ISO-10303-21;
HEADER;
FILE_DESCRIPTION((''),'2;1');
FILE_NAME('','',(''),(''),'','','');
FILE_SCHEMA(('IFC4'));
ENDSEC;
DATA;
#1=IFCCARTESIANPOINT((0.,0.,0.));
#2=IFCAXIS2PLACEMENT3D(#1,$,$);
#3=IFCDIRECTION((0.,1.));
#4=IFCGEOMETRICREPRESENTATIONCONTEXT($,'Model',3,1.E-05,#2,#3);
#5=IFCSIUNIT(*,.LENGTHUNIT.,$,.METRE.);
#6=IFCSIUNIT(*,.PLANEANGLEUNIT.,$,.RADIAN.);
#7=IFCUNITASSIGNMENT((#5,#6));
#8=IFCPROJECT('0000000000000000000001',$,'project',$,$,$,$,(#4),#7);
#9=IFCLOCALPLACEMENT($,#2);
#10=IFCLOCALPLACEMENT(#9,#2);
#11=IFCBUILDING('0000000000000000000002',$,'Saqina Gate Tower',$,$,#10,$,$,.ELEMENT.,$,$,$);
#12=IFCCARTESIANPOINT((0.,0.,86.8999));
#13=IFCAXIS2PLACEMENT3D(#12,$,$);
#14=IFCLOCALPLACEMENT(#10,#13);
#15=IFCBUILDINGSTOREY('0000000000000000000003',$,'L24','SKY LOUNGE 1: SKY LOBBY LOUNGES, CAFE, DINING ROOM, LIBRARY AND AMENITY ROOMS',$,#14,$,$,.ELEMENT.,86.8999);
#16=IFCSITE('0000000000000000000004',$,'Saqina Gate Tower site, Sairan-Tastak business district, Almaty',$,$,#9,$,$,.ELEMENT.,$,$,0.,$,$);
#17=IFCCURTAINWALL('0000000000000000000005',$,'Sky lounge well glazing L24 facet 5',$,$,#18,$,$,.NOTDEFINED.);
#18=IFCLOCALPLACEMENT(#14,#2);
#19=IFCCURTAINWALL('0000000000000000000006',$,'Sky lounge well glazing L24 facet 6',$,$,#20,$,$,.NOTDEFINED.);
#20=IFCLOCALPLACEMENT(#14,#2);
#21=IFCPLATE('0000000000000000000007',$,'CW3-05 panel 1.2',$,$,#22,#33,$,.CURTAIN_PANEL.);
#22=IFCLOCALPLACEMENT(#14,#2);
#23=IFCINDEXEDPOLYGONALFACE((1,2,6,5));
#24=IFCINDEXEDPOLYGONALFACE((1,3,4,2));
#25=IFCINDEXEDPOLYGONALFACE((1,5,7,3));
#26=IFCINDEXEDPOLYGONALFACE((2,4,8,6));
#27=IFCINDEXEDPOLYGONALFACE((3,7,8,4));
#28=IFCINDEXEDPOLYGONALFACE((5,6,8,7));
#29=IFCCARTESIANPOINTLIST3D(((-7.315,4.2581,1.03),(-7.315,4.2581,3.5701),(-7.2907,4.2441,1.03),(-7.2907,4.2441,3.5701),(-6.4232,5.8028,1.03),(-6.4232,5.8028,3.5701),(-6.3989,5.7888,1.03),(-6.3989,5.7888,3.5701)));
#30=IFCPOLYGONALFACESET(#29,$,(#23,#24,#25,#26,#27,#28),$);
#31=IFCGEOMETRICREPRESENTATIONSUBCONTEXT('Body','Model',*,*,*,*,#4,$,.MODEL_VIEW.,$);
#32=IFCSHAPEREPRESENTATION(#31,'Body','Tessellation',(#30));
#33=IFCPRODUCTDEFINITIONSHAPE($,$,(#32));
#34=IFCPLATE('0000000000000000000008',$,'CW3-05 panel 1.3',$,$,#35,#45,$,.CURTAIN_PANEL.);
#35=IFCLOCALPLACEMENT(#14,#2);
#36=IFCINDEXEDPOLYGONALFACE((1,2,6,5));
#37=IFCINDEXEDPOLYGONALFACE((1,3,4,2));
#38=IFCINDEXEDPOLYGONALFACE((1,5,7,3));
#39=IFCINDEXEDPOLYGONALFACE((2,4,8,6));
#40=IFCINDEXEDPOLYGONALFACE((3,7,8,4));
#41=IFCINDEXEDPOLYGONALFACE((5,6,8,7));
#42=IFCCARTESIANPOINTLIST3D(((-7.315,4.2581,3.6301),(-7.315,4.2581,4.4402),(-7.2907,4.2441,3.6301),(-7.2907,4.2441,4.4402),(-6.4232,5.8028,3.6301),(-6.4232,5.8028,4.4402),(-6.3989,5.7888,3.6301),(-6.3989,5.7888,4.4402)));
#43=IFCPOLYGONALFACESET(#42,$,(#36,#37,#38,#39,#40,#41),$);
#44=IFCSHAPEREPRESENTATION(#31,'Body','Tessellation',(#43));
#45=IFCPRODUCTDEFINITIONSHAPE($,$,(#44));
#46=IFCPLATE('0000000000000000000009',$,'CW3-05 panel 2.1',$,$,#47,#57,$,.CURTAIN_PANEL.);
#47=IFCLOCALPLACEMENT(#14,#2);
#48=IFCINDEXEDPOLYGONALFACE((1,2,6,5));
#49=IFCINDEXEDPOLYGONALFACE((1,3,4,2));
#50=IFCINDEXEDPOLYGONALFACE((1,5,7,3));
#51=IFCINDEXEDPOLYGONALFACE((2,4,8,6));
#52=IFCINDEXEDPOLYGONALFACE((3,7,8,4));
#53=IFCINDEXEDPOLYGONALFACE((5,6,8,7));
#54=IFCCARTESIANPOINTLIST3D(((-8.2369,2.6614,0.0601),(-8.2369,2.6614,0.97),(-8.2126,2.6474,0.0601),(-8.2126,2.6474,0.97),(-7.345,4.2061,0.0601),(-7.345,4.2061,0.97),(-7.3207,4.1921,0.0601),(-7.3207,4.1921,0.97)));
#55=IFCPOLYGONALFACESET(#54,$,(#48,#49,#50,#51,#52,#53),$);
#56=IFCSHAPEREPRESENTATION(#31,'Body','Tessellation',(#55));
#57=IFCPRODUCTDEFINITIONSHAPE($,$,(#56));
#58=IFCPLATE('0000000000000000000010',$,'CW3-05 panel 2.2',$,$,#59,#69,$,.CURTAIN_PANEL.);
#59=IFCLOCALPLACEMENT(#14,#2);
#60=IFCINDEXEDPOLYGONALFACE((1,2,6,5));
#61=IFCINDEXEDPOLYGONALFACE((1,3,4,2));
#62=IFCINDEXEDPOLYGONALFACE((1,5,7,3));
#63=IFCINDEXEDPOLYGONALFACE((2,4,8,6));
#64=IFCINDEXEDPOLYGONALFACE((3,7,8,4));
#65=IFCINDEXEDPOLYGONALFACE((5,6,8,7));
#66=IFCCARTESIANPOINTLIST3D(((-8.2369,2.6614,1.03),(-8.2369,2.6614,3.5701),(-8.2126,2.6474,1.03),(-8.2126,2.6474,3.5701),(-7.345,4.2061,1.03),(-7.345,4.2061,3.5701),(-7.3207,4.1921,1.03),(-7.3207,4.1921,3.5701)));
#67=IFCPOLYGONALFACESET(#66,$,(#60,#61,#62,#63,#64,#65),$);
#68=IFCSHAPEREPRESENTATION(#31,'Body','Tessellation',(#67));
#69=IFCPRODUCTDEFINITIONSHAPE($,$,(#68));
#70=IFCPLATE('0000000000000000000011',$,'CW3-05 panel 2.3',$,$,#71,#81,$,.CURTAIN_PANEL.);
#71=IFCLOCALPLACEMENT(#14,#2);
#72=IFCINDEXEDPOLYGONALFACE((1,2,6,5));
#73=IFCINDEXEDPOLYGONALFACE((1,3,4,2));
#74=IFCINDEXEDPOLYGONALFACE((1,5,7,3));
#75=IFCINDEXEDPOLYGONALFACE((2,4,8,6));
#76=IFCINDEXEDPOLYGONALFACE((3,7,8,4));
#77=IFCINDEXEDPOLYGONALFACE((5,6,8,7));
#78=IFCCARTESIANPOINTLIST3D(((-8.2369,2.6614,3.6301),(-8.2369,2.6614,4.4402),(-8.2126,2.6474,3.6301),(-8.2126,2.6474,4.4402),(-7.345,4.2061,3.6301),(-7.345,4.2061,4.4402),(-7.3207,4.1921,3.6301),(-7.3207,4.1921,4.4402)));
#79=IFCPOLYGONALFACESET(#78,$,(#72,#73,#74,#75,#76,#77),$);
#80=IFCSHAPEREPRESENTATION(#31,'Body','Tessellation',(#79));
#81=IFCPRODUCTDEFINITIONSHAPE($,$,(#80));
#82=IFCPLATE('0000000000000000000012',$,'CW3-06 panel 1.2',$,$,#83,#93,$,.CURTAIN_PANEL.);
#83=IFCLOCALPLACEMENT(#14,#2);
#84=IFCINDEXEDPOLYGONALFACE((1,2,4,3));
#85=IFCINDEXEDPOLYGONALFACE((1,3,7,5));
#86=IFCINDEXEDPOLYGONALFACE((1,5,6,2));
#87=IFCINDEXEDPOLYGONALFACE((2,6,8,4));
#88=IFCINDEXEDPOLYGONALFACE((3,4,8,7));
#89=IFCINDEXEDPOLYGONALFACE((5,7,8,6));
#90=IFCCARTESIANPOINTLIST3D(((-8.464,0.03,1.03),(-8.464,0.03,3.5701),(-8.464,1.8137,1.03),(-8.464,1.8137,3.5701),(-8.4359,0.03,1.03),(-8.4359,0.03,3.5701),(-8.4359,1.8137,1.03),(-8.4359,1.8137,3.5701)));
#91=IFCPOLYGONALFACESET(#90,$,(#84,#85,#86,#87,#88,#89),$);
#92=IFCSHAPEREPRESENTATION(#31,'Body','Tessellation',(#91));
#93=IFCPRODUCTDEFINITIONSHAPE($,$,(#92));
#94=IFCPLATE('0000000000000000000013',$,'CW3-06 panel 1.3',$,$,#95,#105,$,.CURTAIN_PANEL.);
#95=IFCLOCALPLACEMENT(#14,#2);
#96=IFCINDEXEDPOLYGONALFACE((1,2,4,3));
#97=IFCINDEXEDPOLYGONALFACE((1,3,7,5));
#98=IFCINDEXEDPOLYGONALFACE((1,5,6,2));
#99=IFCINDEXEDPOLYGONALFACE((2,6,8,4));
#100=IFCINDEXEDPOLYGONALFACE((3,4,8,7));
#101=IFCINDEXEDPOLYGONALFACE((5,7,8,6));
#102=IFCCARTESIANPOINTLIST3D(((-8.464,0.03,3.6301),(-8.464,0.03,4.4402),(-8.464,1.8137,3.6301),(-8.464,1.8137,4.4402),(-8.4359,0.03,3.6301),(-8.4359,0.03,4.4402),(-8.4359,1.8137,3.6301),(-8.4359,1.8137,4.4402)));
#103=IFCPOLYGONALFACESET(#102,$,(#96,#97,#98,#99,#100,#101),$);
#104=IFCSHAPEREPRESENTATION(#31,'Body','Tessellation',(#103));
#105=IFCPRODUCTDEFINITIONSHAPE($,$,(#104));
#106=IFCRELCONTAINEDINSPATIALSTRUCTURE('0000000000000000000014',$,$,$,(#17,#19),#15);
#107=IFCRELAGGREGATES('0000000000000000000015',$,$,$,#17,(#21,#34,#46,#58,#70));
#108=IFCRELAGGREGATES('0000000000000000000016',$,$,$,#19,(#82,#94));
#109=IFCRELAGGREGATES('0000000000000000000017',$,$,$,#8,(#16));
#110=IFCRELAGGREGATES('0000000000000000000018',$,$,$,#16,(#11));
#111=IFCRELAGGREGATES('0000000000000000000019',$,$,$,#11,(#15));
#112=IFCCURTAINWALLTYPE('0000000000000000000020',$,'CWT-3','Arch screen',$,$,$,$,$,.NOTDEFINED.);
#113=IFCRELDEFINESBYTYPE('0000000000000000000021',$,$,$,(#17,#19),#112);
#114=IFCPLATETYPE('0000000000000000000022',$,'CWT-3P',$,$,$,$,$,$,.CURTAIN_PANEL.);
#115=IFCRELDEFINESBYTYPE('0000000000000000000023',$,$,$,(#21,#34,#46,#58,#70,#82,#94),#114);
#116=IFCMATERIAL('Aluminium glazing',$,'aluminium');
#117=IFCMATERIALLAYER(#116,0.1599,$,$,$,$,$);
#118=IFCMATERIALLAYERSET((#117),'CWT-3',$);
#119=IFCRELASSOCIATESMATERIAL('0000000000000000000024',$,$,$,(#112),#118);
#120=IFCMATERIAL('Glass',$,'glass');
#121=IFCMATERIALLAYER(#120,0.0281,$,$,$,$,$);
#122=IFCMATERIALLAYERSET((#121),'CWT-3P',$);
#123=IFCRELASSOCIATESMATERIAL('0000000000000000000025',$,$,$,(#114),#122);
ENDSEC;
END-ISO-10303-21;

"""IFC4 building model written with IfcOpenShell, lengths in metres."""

from ifc_helpers import new_model, si_unit, direction, frame, origin, origin_2d, place, context, subcontext, project, spatial, rectangle, extrude, material, layer, layer_set, type_object, element, aggregate, save


model = new_model("IFC4")

# Units and contexts
model_context = context("Model", 3, precision=1e-05, world=origin(), true_north=direction((0.0, 1.0)))
body_context = subcontext(model_context, "Body", "Model", "MODEL_VIEW")
ifc_project = project(units=[si_unit("LENGTHUNIT", "METRE"), si_unit("PLANEANGLEUNIT", "RADIAN")], contexts=[model_context])

# Site, building, storey
site_placement = place(None, origin())
site = spatial("IfcSite", under=ifc_project, at=site_placement, Name="Saqina Gate Tower site, Sairan-Tastak business district, Almaty", CompositionType="ELEMENT", RefElevation=0.0)
building_placement = place(site_placement, origin())
building = spatial("IfcBuilding", under=site, at=building_placement, Name="Saqina Gate Tower", CompositionType="ELEMENT")
storey_placement = place(building_placement, frame((0.0, 0.0, 86.8999)))
storey = spatial("IfcBuildingStorey", under=building, at=storey_placement, Name="L24", Description="SKY LOUNGE 1: SKY LOBBY LOUNGES, CAFE, DINING ROOM, LIBRARY AND AMENITY ROOMS", CompositionType="ELEMENT", Elevation=86.8999)

# Curtain wall
ifc_material_1 = material(Name="Aluminium glazing", Category="aluminium")
ifc_layer_1 = layer(ifc_material_1, 0.1599)
ifc_layer_set_1 = layer_set([ifc_layer_1], Name="CWT-3")
curtain_wall_type = type_object("IfcCurtainWallType", Name="CWT-3", Description="Arch screen", PredefinedType="NOTDEFINED", material=ifc_layer_set_1)
curtain_wall_1_placement = place(storey_placement, origin())
curtain_wall_1 = element("IfcCurtainWall", 1, at=curtain_wall_1_placement, inside=storey, type_object=curtain_wall_type, Name="Sky lounge well glazing L24 facet 5", PredefinedType="NOTDEFINED")

# Curtain wall
curtain_wall_2_placement = place(storey_placement, origin())
curtain_wall_2 = element("IfcCurtainWall", 2, at=curtain_wall_2_placement, inside=storey, type_object=curtain_wall_type, Name="Sky lounge well glazing L24 facet 6", PredefinedType="NOTDEFINED")

# Plates
ifc_material_2 = material(Name="Glass", Category="glass")
ifc_layer_2 = layer(ifc_material_2, 0.0281)
ifc_layer_set_2 = layer_set([ifc_layer_2], Name="CWT-3P")
plate_type = type_object("IfcPlateType", Name="CWT-3P", PredefinedType="CURTAIN_PANEL", material=ifc_layer_set_2)
plate_1_placement = place(storey_placement, frame((-6.8569, 5.0234, 1.03), z_axis=(0.0, 0.0, 1.0), x_axis=(-0.499993, -0.866029, 0.0)))
plate_1 = element("IfcPlate", 3, at=plate_1_placement, type_object=plate_type, Name="CW3-05 panel 1.2", PredefinedType="CURTAIN_PANEL", context=body_context, shape_type="SweptSolid", body=[
    extrude(rectangle(XDim=1.7837, YDim=0.0281, at=origin_2d()), origin(), (0.0, 0.0, 1.0), 2.54),
])
plate_2_placement = place(storey_placement, frame((-6.8569, 5.0234, 3.6301), z_axis=(0.0, 0.0, 1.0), x_axis=(-0.499993, -0.866029, 0.0)))
plate_2 = element("IfcPlate", 4, at=plate_2_placement, type_object=plate_type, Name="CW3-05 panel 1.3", PredefinedType="CURTAIN_PANEL", context=body_context, shape_type="SweptSolid", body=[
    extrude(rectangle(XDim=1.7837, YDim=0.0281, at=origin_2d()), origin(), (0.0, 0.0, 1.0), 0.8101),
])
plate_3_placement = place(storey_placement, frame((-7.7788, 3.4268, 0.0601), z_axis=(0.0, 0.0, 1.0), x_axis=(-0.499993, -0.866029, 0.0)))
plate_3 = element("IfcPlate", 5, at=plate_3_placement, type_object=plate_type, Name="CW3-05 panel 2.1", PredefinedType="CURTAIN_PANEL", context=body_context, shape_type="SweptSolid", body=[
    extrude(rectangle(XDim=1.7837, YDim=0.0281, at=origin_2d()), origin(), (0.0, 0.0, 1.0), 0.9099),
])
plate_4_placement = place(storey_placement, frame((-7.7788, 3.4268, 1.03), z_axis=(0.0, 0.0, 1.0), x_axis=(-0.499993, -0.866029, 0.0)))
plate_4 = element("IfcPlate", 6, at=plate_4_placement, type_object=plate_type, Name="CW3-05 panel 2.2", PredefinedType="CURTAIN_PANEL", context=body_context, shape_type="SweptSolid", body=[
    extrude(rectangle(XDim=1.7837, YDim=0.0281, at=origin_2d()), origin(), (0.0, 0.0, 1.0), 2.54),
])
plate_5_placement = place(storey_placement, frame((-7.7788, 3.4268, 3.6301), z_axis=(0.0, 0.0, 1.0), x_axis=(-0.499993, -0.866029, 0.0)))
plate_5 = element("IfcPlate", 7, at=plate_5_placement, type_object=plate_type, Name="CW3-05 panel 2.3", PredefinedType="CURTAIN_PANEL", context=body_context, shape_type="SweptSolid", body=[
    extrude(rectangle(XDim=1.7837, YDim=0.0281, at=origin_2d()), origin(), (0.0, 0.0, 1.0), 0.8101),
])
aggregate(curtain_wall_1, [plate_1, plate_2, plate_3, plate_4, plate_5])
plate_6_placement = place(storey_placement, frame((-8.45, 0.9219, 1.03), z_axis=(0.0, 0.0, 1.0), x_axis=(0.0, -1.0, 0.0)))
plate_6 = element("IfcPlate", 8, at=plate_6_placement, type_object=plate_type, Name="CW3-06 panel 1.2", PredefinedType="CURTAIN_PANEL", context=body_context, shape_type="SweptSolid", body=[
    extrude(rectangle(XDim=1.7837, YDim=0.0281, at=origin_2d()), origin(), (0.0, 0.0, 1.0), 2.54),
])
plate_7_placement = place(storey_placement, frame((-8.45, 0.9219, 3.6301), z_axis=(0.0, 0.0, 1.0), x_axis=(0.0, -1.0, 0.0)))
plate_7 = element("IfcPlate", 9, at=plate_7_placement, type_object=plate_type, Name="CW3-06 panel 1.3", PredefinedType="CURTAIN_PANEL", context=body_context, shape_type="SweptSolid", body=[
    extrude(rectangle(XDim=1.7837, YDim=0.0281, at=origin_2d()), origin(), (0.0, 0.0, 1.0), 0.8101),
])
aggregate(curtain_wall_2, [plate_6, plate_7])

save(model, "model.ifc")
